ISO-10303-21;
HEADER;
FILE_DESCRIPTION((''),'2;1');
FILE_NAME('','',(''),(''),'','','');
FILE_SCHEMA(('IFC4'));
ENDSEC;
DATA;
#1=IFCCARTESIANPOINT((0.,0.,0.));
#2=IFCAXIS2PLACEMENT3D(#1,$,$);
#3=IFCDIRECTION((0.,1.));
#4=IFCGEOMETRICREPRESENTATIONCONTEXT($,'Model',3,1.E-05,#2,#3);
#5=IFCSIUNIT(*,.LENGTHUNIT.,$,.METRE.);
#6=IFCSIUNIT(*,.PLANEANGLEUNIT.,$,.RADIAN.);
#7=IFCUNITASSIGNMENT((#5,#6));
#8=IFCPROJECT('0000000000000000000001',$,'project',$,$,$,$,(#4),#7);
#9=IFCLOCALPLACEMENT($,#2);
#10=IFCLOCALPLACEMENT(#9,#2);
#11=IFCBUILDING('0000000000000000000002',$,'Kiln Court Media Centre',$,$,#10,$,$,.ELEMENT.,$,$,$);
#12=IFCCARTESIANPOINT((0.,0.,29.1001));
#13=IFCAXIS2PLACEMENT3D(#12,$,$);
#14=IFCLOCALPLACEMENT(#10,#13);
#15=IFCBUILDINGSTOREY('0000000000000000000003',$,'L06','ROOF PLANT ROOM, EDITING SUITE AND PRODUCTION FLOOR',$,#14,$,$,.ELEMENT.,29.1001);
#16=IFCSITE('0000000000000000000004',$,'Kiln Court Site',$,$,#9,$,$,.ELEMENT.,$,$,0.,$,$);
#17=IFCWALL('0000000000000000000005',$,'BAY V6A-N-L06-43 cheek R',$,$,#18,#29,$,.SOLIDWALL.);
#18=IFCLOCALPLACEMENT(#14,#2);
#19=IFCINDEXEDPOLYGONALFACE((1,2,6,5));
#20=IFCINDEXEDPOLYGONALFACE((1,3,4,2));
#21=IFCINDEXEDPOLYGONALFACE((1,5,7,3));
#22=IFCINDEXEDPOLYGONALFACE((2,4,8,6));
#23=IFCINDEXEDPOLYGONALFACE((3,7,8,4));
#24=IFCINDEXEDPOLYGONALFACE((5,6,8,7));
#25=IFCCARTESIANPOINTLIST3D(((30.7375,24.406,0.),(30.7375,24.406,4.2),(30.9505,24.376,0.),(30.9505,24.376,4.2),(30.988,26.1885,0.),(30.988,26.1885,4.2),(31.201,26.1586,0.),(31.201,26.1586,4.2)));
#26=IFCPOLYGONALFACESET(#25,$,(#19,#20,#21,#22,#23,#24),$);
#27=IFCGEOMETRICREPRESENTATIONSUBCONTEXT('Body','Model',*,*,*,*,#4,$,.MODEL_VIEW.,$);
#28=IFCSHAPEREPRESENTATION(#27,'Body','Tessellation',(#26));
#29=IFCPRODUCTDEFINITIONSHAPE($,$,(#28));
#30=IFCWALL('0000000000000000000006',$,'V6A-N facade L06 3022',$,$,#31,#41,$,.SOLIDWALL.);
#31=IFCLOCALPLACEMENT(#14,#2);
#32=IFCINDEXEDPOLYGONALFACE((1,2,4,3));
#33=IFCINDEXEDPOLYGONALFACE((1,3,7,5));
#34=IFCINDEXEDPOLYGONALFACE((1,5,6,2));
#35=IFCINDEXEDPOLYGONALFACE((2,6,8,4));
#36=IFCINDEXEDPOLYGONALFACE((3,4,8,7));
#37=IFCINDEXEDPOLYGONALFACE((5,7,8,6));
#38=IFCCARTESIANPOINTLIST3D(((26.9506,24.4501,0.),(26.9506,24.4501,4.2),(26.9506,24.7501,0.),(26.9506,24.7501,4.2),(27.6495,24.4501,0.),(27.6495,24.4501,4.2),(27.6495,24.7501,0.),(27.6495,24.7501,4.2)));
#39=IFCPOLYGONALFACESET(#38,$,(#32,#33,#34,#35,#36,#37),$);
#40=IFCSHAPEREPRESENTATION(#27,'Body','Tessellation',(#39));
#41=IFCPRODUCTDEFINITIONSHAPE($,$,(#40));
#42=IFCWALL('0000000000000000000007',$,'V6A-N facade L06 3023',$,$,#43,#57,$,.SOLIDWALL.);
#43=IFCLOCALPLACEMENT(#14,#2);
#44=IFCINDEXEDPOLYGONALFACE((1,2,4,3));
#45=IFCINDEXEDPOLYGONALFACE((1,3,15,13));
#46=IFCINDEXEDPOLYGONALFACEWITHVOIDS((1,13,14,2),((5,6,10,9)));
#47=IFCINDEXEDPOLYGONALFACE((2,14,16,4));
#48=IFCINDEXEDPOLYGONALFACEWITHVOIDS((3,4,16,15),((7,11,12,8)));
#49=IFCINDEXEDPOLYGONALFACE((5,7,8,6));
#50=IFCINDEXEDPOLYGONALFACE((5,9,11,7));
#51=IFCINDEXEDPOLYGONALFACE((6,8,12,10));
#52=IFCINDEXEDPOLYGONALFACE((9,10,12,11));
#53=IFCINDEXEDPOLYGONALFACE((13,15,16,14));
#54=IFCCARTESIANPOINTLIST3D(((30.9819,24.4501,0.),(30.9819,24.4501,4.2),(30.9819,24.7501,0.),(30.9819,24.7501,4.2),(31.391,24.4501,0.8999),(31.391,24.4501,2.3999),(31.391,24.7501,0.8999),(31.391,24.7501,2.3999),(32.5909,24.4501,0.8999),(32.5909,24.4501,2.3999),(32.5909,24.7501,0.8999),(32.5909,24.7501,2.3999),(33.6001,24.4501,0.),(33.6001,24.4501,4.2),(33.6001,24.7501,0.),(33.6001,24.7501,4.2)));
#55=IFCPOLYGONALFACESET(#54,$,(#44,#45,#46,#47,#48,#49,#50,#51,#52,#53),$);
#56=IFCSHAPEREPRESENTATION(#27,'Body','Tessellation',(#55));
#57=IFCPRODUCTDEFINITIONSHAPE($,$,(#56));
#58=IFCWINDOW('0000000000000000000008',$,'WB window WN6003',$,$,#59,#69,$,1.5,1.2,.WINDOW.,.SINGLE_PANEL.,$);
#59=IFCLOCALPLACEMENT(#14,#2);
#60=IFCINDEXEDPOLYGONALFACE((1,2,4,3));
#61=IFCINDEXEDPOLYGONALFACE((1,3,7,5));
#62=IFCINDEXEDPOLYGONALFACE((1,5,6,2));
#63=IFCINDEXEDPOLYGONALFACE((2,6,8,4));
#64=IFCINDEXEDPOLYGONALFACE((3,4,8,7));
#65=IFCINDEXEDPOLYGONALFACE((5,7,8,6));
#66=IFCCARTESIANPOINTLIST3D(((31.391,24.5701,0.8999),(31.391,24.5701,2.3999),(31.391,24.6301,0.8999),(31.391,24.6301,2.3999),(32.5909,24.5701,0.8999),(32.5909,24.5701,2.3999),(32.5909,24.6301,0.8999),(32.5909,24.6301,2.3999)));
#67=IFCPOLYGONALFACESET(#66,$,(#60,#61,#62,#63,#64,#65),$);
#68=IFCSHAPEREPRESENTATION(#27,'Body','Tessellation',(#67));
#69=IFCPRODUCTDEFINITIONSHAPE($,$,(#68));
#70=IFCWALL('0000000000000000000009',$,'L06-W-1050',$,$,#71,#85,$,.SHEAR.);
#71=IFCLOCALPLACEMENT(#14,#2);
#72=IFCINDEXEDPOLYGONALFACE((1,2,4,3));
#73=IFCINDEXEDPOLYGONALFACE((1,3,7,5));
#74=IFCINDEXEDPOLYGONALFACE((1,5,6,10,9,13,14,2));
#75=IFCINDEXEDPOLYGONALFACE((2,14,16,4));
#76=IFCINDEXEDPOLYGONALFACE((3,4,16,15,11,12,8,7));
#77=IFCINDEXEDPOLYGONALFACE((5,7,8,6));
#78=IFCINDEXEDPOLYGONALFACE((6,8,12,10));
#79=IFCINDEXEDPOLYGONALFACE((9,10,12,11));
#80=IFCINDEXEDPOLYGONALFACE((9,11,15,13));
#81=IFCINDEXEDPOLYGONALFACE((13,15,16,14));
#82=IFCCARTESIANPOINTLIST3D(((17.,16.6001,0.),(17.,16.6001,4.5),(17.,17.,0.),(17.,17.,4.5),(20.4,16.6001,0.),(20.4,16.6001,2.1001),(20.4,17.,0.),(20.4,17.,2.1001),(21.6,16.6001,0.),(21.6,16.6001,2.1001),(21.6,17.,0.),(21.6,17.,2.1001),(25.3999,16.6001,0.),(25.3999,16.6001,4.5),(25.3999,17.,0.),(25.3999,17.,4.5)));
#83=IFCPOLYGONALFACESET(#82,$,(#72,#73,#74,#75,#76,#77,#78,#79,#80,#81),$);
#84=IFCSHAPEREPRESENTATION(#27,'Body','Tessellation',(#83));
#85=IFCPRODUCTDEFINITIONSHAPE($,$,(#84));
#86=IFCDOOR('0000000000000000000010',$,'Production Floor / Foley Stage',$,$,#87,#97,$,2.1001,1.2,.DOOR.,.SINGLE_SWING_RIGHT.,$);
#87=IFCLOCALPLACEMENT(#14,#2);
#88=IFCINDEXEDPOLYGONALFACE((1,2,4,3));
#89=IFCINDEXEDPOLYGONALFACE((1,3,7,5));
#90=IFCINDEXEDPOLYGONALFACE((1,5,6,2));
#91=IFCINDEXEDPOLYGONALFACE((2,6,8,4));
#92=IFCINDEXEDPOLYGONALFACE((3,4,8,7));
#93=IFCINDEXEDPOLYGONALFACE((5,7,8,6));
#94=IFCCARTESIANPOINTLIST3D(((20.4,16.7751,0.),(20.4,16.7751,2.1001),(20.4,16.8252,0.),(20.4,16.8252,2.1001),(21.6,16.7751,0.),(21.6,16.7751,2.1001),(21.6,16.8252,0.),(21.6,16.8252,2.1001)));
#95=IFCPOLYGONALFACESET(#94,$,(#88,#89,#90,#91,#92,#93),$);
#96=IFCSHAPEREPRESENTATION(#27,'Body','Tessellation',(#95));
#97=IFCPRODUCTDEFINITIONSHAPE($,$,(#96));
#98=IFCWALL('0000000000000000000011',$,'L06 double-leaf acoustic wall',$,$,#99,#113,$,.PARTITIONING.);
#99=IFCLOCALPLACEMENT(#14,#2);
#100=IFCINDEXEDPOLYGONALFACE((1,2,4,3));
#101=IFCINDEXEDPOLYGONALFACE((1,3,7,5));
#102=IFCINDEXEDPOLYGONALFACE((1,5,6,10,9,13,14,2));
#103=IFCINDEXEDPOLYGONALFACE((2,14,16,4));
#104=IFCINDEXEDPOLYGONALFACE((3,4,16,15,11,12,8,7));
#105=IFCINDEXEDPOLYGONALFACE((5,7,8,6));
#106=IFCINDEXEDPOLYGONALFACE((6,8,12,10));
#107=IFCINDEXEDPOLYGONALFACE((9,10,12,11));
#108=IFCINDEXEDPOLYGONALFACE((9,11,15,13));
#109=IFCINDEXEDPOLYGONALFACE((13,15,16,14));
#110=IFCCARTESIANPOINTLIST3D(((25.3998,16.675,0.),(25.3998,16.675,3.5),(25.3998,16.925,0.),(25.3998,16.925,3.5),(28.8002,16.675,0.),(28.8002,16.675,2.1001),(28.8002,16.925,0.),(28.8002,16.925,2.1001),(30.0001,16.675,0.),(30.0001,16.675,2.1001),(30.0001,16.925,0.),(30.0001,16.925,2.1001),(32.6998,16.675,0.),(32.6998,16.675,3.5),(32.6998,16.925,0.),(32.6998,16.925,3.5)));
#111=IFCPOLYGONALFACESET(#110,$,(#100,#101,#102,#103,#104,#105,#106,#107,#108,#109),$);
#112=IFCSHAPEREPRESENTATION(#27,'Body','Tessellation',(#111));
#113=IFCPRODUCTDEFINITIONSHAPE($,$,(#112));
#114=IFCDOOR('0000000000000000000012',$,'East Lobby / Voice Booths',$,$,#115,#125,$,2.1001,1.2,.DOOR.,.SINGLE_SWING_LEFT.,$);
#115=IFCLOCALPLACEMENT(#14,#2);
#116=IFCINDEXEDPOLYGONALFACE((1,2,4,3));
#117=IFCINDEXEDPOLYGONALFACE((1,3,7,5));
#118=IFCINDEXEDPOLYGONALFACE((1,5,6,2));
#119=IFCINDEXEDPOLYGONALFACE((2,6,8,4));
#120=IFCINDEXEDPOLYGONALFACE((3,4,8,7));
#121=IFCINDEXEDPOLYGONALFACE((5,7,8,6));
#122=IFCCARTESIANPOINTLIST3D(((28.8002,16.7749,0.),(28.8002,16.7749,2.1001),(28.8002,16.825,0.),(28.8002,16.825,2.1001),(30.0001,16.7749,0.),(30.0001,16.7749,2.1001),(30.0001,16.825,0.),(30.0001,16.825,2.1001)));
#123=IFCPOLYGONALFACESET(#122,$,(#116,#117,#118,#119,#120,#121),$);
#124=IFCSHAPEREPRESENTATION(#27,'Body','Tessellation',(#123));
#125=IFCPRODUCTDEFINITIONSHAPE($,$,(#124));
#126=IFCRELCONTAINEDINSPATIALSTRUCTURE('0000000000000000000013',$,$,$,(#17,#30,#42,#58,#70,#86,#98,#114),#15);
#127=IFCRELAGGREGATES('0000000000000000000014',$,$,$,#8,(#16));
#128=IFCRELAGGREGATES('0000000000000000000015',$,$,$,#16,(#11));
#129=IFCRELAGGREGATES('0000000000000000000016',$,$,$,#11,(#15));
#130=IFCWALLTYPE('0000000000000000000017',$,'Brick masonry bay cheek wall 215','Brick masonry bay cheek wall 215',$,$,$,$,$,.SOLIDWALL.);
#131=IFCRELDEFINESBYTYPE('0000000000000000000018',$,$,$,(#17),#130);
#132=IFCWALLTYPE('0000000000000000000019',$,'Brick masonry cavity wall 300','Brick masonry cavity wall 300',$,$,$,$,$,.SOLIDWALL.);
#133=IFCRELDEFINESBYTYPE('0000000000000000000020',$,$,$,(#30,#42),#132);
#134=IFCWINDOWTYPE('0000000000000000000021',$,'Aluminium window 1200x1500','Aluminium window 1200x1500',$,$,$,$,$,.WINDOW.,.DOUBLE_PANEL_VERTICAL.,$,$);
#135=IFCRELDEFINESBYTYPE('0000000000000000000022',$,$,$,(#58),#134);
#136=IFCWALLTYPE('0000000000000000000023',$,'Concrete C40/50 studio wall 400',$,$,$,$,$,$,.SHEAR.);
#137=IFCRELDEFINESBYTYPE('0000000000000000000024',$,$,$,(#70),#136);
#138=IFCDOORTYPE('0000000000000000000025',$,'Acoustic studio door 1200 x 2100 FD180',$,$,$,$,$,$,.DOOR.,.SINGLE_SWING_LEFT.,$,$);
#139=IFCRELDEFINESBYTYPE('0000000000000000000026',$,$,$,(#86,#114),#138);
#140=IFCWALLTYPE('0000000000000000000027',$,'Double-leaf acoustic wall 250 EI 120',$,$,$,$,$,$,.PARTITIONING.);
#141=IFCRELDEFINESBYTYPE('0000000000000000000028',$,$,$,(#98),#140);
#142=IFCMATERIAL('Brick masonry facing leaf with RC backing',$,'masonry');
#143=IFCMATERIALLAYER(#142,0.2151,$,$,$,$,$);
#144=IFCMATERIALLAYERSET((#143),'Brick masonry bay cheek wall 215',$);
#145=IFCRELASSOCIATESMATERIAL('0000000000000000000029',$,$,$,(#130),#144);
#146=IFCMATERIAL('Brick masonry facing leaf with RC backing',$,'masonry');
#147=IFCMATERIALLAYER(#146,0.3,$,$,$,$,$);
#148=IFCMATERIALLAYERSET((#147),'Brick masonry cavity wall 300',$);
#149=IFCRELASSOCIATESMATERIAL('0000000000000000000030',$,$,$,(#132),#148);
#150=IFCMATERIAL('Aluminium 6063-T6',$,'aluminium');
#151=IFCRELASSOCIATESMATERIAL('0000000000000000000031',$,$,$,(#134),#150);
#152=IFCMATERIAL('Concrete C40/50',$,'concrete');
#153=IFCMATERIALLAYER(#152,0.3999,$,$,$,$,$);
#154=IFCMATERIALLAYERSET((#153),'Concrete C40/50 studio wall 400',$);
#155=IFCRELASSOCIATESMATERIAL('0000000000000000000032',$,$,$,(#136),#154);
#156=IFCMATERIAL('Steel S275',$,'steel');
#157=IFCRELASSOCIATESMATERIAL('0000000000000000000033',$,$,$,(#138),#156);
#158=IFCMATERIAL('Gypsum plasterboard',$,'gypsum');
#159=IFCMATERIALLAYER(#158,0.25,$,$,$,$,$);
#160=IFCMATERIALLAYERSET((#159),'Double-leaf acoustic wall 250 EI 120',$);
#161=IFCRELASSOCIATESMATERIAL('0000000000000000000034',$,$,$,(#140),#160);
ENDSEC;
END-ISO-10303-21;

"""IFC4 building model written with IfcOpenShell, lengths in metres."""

from ifc_helpers import new_model, si_unit, direction, frame, frame_2d, origin, place, context, subcontext, project, spatial, rectangle, extrude, material, layer, layer_set, type_object, element, fill, save


model = new_model("IFC4")

# Units and contexts
model_context = context("Model", 3, precision=1e-05, world=origin(), true_north=direction((0.0, 1.0)))
body_context = subcontext(model_context, "Body", "Model", "MODEL_VIEW")
ifc_project = project(units=[si_unit("LENGTHUNIT", "METRE"), si_unit("PLANEANGLEUNIT", "RADIAN")], contexts=[model_context])

# Site, building, storey
site_placement = place(None, origin())
site = spatial("IfcSite", under=ifc_project, at=site_placement, Name="Kiln Court Site", CompositionType="ELEMENT", RefElevation=0.0)
building_placement = place(site_placement, origin())
building = spatial("IfcBuilding", under=site, at=building_placement, Name="Kiln Court Media Centre", CompositionType="ELEMENT")
storey_placement = place(building_placement, frame((0.0, 0.0, 29.1001)))
storey = spatial("IfcBuildingStorey", under=building, at=storey_placement, Name="L06", Description="ROOF PLANT ROOM, EDITING SUITE AND PRODUCTION FLOOR", CompositionType="ELEMENT", Elevation=29.1001)

# Walls
ifc_material_1 = material(Name="Brick masonry facing leaf with RC backing", Category="masonry")
ifc_layer_1 = layer(ifc_material_1, 0.2151)
ifc_layer_set_1 = layer_set([ifc_layer_1], Name="Brick masonry bay cheek wall 215")
wall_type_1 = type_object("IfcWallType", Name="Brick masonry bay cheek wall 215", Description="Brick masonry bay cheek wall 215", PredefinedType="SOLIDWALL", material=ifc_layer_set_1)
wall_1_placement = place(storey_placement, frame((30.844, 24.3911, 0.0), z_axis=(0.0, 0.0, 1.0), x_axis=(0.139161, 0.99027, 0.0)))
element("IfcWall", 1, at=wall_1_placement, inside=storey, type_object=wall_type_1, Name="BAY V6A-N-L06-43 cheek R", PredefinedType="SOLIDWALL", context=body_context, shape_type="SweptSolid", body=[
    extrude(rectangle(XDim=1.8, YDim=0.2151, at=frame_2d((0.8999, 0.0))), origin(), (0.0, 0.0, 1.0), 4.2),
])
ifc_material_2 = material(Name="Brick masonry facing leaf with RC backing", Category="masonry")
ifc_layer_2 = layer(ifc_material_2, 0.3)
ifc_layer_set_2 = layer_set([ifc_layer_2], Name="Brick masonry cavity wall 300")
wall_type_2 = type_object("IfcWallType", Name="Brick masonry cavity wall 300", Description="Brick masonry cavity wall 300", PredefinedType="SOLIDWALL", material=ifc_layer_set_2)
wall_2_placement = place(storey_placement, frame((26.9504, 24.6001, 0.0), z_axis=(0.0, 0.0, 1.0), x_axis=(1.0, 0.0, 0.0)))
element("IfcWall", 2, at=wall_2_placement, inside=storey, type_object=wall_type_2, Name="V6A-N facade L06 3022", PredefinedType="SOLIDWALL", context=body_context, shape_type="SweptSolid", body=[
    extrude(rectangle(XDim=0.699, YDim=0.3, at=frame_2d((0.3496, 0.0))), origin(), (0.0, 0.0, 1.0), 4.2),
])

# Wall, opening, window
wall_3_placement = place(storey_placement, frame((30.9819, 24.6001, 0.0), z_axis=(0.0, 0.0, 1.0), x_axis=(1.0, 0.0, 0.0)))
wall_3 = element("IfcWall", 3, at=wall_3_placement, inside=storey, type_object=wall_type_2, Name="V6A-N facade L06 3023", PredefinedType="SOLIDWALL", context=body_context, shape_type="SweptSolid", body=[
    extrude(rectangle(XDim=2.6182, YDim=0.3, at=frame_2d((1.3091, 0.0))), origin(), (0.0, 0.0, 1.0), 4.2),
])
opening_1_placement = place(wall_3_placement, frame((0.4089, 0.0, 0.8999)))
opening_1 = element("IfcOpeningElement", 4, at=opening_1_placement, cuts=wall_3, PredefinedType="OPENING", context=body_context, shape_type="SweptSolid", body=[
    extrude(rectangle(XDim=1.2, YDim=1.5, at=frame_2d((0.6001, 0.75))), frame((0.0, 0.1599, 0.0), z_axis=(0.0, -1.0, 0.0), x_axis=(1.0, 0.0, 0.0)), (0.0, 0.0, 1.0), 0.3201),
])
ifc_material_3 = material(Name="Aluminium 6063-T6", Category="aluminium")
window_type = type_object("IfcWindowType", Name="Aluminium window 1200x1500", Description="Aluminium window 1200x1500", PartitioningType="DOUBLE_PANEL_VERTICAL", PredefinedType="WINDOW", material=ifc_material_3)
window_placement = place(opening_1_placement, origin())
window = element("IfcWindow", 5, at=window_placement, inside=storey, type_object=window_type, Name="WB window WN6003", OverallHeight=1.5, OverallWidth=1.2, PartitioningType="SINGLE_PANEL", PredefinedType="WINDOW", context=body_context, shape_type="SweptSolid", body=[
    extrude(rectangle(XDim=1.2, YDim=1.5, at=frame_2d((0.6001, 0.75))), frame((0.0, 0.03, 0.0), z_axis=(0.0, -1.0, 0.0), x_axis=(1.0, 0.0, 0.0)), (0.0, 0.0, 1.0), 0.0601),
])
fill(opening_1, window)

# Walls, openings, doors
ifc_material_4 = material(Name="Concrete C40/50", Category="concrete")
ifc_layer_3 = layer(ifc_material_4, 0.3999)
ifc_layer_set_3 = layer_set([ifc_layer_3], Name="Concrete C40/50 studio wall 400")
wall_type_3 = type_object("IfcWallType", Name="Concrete C40/50 studio wall 400", PredefinedType="SHEAR", material=ifc_layer_set_3)
wall_4_placement = place(storey_placement, frame((25.3999, 16.8, 0.0), z_axis=(0.0, 0.0, 1.0), x_axis=(-1.0, 0.0, 0.0)))
wall_4 = element("IfcWall", 6, at=wall_4_placement, inside=storey, type_object=wall_type_3, Name="L06-W-1050", PredefinedType="SHEAR", context=body_context, shape_type="SweptSolid", body=[
    extrude(rectangle(XDim=8.3999, YDim=0.3999, at=frame_2d((4.2, 0.0))), origin(), (0.0, 0.0, 1.0), 4.5),
])
opening_2_placement = place(wall_4_placement, frame((3.7998, 0.0, 0.0)))
opening_2 = element("IfcOpeningElement", 7, at=opening_2_placement, cuts=wall_4, PredefinedType="OPENING", context=body_context, shape_type="SweptSolid", body=[
    extrude(rectangle(XDim=1.2, YDim=2.1001, at=frame_2d((0.6001, 1.05))), frame((0.0, 0.21, 0.0), z_axis=(0.0, -1.0, 0.0), x_axis=(1.0, 0.0, 0.0)), (0.0, 0.0, 1.0), 0.4199),
])
ifc_material_5 = material(Name="Steel S275", Category="steel")
door_type = type_object("IfcDoorType", Name="Acoustic studio door 1200 x 2100 FD180", OperationType="SINGLE_SWING_LEFT", PredefinedType="DOOR", material=ifc_material_5)
door_1_placement = place(opening_2_placement, origin())
door_1 = element("IfcDoor", 8, at=door_1_placement, inside=storey, type_object=door_type, Name="Production Floor / Foley Stage", OperationType="SINGLE_SWING_RIGHT", OverallHeight=2.1001, OverallWidth=1.2, PredefinedType="DOOR", context=body_context, shape_type="SweptSolid", body=[
    extrude(rectangle(XDim=1.2, YDim=2.1001, at=frame_2d((0.6001, 1.05))), frame((0.0, 0.0249, 0.0), z_axis=(0.0, -1.0, 0.0), x_axis=(1.0, 0.0, 0.0)), (0.0, 0.0, 1.0), 0.05),
])
fill(opening_2, door_1)
ifc_material_6 = material(Name="Gypsum plasterboard", Category="gypsum")
ifc_layer_4 = layer(ifc_material_6, 0.25)
ifc_layer_set_4 = layer_set([ifc_layer_4], Name="Double-leaf acoustic wall 250 EI 120")
wall_type_4 = type_object("IfcWallType", Name="Double-leaf acoustic wall 250 EI 120", PredefinedType="PARTITIONING", material=ifc_layer_set_4)
wall_5_placement = place(storey_placement, frame((25.3999, 16.8, 0.0), z_axis=(0.0, 0.0, 1.0), x_axis=(1.0, 0.0, 0.0)))
wall_5 = element("IfcWall", 9, at=wall_5_placement, inside=storey, type_object=wall_type_4, Name="L06 double-leaf acoustic wall", PredefinedType="PARTITIONING", context=body_context, shape_type="SweptSolid", body=[
    extrude(rectangle(XDim=7.3, YDim=0.25, at=frame_2d((3.6499, 0.0))), origin(), (0.0, 0.0, 1.0), 3.5),
])
opening_3_placement = place(wall_5_placement, frame((3.4001, 0.0, 0.0)))
opening_3 = element("IfcOpeningElement", 10, at=opening_3_placement, cuts=wall_5, PredefinedType="OPENING", context=body_context, shape_type="SweptSolid", body=[
    extrude(rectangle(XDim=1.2, YDim=2.1001, at=frame_2d((0.6001, 1.05))), frame((0.0, 0.135, 0.0), z_axis=(0.0, -1.0, 0.0), x_axis=(1.0, 0.0, 0.0)), (0.0, 0.0, 1.0), 0.27),
])
door_2_placement = place(opening_3_placement, origin())
door_2 = element("IfcDoor", 11, at=door_2_placement, inside=storey, type_object=door_type, Name="East Lobby / Voice Booths", OperationType="SINGLE_SWING_LEFT", OverallHeight=2.1001, OverallWidth=1.2, PredefinedType="DOOR", context=body_context, shape_type="SweptSolid", body=[
    extrude(rectangle(XDim=1.2, YDim=2.1001, at=frame_2d((0.6001, 1.05))), frame((0.0, 0.0249, 0.0), z_axis=(0.0, -1.0, 0.0), x_axis=(1.0, 0.0, 0.0)), (0.0, 0.0, 1.0), 0.05),
])
fill(opening_3, door_2)

save(model, "model.ifc")
